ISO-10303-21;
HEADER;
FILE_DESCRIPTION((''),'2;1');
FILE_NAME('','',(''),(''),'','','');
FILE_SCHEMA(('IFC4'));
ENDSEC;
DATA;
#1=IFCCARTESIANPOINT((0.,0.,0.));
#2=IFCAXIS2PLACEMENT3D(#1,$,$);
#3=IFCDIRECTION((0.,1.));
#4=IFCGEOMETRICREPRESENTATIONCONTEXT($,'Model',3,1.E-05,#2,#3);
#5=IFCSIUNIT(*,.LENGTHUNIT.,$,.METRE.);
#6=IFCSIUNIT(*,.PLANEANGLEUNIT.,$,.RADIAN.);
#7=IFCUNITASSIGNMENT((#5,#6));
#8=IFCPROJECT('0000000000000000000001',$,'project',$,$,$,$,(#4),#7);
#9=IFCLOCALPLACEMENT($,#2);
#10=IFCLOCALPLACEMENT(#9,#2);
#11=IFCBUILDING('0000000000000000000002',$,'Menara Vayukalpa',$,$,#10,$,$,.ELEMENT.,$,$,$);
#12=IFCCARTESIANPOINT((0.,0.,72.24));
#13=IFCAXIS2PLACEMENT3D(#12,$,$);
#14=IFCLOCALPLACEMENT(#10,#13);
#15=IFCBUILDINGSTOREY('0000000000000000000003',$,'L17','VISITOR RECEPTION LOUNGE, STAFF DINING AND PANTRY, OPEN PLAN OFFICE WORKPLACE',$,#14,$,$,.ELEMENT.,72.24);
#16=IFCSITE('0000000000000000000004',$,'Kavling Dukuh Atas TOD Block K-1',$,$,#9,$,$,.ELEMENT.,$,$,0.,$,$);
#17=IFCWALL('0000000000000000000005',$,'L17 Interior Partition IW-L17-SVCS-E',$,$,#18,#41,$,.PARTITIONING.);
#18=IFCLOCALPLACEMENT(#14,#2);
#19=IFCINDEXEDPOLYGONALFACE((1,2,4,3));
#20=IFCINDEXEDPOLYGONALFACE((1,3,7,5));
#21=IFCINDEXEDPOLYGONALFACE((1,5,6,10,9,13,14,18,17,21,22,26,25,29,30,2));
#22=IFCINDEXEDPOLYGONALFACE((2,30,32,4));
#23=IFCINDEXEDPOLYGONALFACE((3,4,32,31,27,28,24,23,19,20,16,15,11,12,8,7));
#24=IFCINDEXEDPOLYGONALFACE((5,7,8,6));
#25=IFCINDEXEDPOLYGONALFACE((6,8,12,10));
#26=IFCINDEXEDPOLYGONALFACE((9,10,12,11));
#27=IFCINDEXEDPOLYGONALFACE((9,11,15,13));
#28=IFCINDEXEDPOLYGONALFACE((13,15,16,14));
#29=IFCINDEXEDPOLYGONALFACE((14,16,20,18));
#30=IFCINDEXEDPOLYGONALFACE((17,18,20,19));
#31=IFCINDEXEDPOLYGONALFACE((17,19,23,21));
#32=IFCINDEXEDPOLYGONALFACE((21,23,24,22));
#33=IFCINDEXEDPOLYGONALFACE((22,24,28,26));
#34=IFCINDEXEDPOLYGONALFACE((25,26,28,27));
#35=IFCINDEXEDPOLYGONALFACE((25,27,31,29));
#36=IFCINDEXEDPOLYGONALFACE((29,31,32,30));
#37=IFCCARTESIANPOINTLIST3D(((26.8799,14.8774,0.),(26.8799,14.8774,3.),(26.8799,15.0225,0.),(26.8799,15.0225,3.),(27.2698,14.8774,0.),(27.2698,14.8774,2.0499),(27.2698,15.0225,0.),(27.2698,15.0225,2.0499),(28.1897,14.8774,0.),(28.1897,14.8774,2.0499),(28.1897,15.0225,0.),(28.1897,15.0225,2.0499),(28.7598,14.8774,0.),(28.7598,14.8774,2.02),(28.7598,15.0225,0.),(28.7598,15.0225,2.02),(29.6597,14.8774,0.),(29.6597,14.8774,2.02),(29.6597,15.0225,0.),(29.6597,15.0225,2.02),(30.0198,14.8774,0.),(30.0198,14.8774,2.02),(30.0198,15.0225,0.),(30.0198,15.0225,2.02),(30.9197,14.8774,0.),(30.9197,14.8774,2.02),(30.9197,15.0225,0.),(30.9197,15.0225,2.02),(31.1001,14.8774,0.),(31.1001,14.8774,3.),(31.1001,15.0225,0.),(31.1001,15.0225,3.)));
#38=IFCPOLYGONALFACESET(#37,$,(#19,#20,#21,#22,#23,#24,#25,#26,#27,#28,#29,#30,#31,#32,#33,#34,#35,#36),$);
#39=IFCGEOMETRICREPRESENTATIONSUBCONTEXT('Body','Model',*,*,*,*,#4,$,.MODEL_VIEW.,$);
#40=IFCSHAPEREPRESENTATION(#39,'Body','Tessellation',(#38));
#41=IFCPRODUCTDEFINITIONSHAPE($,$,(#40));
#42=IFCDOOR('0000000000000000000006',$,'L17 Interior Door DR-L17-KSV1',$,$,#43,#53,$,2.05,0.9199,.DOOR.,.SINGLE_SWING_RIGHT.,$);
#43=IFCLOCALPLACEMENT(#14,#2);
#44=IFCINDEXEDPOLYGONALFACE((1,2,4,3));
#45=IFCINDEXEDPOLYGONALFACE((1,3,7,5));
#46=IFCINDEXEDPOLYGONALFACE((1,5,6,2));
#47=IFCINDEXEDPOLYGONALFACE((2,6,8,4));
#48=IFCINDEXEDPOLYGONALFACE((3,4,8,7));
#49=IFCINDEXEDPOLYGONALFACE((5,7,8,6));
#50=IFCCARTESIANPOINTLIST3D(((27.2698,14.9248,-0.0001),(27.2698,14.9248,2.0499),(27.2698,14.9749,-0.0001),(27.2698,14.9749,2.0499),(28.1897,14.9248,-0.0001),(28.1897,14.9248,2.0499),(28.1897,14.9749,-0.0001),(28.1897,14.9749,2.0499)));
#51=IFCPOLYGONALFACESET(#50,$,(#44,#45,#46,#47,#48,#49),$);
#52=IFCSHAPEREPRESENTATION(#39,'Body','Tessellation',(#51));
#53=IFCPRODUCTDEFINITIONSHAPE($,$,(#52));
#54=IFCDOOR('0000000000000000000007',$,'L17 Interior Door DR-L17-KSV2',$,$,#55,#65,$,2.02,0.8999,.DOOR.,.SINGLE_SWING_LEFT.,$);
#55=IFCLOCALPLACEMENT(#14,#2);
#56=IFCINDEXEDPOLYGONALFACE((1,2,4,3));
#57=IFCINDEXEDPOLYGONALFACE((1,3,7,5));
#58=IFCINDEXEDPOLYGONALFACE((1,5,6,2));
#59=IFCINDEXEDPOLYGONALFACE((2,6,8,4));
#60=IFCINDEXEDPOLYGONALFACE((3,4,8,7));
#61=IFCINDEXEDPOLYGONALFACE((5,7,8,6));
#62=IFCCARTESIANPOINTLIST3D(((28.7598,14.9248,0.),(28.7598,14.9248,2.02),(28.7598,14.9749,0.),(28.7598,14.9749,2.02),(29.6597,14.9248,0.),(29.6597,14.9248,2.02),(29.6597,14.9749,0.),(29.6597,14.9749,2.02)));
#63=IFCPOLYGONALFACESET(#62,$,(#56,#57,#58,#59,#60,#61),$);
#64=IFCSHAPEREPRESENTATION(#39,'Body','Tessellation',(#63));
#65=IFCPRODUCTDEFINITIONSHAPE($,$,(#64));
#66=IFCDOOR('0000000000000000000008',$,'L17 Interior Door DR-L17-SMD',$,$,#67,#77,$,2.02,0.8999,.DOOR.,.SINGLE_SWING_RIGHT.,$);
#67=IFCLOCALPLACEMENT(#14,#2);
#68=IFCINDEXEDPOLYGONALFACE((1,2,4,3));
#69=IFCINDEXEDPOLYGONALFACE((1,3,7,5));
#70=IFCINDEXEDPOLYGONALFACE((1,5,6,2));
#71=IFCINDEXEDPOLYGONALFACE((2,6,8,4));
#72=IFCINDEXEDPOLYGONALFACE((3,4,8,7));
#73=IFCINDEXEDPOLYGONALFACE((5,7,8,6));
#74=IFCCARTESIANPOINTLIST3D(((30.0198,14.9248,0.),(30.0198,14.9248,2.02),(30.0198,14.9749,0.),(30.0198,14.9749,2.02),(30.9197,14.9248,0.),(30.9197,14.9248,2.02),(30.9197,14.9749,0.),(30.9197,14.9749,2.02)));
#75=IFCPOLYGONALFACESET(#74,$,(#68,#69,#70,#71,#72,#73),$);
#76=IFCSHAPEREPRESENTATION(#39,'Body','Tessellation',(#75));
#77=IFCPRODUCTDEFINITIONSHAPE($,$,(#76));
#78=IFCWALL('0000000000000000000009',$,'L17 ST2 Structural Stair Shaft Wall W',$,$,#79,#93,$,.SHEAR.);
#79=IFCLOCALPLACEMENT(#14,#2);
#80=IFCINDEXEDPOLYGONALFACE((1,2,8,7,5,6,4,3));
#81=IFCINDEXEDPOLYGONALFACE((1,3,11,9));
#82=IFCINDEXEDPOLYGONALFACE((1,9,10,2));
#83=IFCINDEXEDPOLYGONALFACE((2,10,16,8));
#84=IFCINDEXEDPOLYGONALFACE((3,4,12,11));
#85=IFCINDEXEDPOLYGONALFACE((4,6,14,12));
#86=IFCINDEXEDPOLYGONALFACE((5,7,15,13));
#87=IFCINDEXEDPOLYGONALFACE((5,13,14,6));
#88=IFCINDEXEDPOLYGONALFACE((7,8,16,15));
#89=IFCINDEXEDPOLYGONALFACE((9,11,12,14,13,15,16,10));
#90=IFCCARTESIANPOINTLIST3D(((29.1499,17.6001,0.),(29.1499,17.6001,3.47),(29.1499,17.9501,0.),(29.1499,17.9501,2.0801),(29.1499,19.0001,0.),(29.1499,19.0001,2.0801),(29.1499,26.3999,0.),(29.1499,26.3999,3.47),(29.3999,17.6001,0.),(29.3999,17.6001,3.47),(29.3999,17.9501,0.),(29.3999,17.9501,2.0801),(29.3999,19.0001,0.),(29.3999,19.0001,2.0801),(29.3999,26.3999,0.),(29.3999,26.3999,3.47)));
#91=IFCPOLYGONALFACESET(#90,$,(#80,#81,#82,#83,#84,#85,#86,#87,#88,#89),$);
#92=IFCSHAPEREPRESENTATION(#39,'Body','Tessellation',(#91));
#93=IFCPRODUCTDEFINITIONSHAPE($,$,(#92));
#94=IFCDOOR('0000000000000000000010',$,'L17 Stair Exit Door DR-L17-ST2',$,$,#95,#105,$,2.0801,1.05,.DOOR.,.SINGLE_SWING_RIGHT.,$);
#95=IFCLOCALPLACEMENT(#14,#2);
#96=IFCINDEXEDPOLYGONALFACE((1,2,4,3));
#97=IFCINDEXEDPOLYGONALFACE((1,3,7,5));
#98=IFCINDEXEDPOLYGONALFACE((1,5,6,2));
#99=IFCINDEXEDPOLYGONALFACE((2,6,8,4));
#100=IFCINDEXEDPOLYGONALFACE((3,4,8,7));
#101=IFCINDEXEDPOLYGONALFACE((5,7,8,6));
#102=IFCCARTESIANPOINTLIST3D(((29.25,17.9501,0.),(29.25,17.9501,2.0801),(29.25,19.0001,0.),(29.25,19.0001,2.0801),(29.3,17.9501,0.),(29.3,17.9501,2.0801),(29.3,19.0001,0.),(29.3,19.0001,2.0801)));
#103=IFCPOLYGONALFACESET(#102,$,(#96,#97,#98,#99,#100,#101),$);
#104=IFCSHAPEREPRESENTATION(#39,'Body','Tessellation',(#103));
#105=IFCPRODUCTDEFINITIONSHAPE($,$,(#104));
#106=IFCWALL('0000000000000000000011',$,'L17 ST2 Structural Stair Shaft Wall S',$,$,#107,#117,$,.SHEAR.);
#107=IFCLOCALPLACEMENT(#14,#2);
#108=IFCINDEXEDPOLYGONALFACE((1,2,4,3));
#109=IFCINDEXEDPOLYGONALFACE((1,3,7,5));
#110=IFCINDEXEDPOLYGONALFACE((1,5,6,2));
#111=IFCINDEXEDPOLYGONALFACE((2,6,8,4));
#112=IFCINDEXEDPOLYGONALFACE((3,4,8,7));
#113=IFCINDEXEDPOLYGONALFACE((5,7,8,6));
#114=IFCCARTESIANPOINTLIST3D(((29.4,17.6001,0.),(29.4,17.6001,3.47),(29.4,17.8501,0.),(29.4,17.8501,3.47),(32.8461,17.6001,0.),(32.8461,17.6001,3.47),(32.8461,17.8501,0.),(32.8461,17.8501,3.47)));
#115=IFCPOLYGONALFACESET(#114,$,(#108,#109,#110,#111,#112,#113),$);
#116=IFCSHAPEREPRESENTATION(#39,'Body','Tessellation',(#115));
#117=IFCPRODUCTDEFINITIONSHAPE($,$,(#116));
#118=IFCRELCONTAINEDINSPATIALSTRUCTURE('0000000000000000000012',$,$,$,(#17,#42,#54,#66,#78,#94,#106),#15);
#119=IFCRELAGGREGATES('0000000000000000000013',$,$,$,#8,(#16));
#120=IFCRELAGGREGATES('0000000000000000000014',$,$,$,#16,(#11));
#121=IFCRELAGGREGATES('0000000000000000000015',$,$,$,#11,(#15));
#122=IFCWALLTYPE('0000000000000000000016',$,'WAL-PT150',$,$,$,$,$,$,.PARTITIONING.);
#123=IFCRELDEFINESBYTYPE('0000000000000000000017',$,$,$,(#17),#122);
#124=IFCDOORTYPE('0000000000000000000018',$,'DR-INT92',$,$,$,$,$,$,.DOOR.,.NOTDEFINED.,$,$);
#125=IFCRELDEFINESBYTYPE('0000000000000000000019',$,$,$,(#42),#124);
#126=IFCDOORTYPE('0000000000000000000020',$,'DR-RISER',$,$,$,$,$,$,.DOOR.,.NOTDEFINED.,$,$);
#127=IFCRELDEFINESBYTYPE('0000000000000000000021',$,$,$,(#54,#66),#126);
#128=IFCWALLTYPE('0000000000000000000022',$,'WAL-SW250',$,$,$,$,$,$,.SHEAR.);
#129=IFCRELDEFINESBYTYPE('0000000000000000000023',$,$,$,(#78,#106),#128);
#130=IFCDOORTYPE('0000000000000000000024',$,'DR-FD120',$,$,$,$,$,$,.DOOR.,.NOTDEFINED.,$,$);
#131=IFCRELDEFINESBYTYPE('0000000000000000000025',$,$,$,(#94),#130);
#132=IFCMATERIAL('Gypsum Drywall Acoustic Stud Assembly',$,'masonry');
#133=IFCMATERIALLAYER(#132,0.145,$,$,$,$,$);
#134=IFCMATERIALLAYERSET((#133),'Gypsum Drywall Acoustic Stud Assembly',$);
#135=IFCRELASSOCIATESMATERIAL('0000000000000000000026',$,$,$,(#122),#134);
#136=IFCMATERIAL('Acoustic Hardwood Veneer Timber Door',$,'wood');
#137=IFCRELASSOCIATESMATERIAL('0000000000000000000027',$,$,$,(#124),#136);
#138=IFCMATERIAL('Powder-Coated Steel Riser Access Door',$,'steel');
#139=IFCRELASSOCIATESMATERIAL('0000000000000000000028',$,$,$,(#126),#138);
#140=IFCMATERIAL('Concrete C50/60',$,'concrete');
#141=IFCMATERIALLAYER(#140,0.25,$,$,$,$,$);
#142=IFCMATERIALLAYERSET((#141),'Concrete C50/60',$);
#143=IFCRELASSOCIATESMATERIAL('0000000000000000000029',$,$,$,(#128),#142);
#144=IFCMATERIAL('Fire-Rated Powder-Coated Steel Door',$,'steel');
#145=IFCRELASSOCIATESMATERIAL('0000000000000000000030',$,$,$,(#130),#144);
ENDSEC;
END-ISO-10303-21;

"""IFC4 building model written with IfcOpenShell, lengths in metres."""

from ifc_helpers import new_model, si_unit, direction, frame, frame_2d, origin, place, context, subcontext, project, spatial, rectangle, extrude, material, layer, layer_set, type_object, element, fill, save


model = new_model("IFC4")

# Units and contexts
model_context = context("Model", 3, precision=1e-05, world=origin(), true_north=direction((0.0, 1.0)))
body_context = subcontext(model_context, "Body", "Model", "MODEL_VIEW")
ifc_project = project(units=[si_unit("LENGTHUNIT", "METRE"), si_unit("PLANEANGLEUNIT", "RADIAN")], contexts=[model_context])

# Site, building, storey
site_placement = place(None, origin())
site = spatial("IfcSite", under=ifc_project, at=site_placement, Name="Kavling Dukuh Atas TOD Block K-1", CompositionType="ELEMENT", RefElevation=0.0)
building_placement = place(site_placement, origin())
building = spatial("IfcBuilding", under=site, at=building_placement, Name="Menara Vayukalpa", CompositionType="ELEMENT")
storey_placement = place(building_placement, frame((0.0, 0.0, 72.24)))
storey = spatial("IfcBuildingStorey", under=building, at=storey_placement, Name="L17", Description="VISITOR RECEPTION LOUNGE, STAFF DINING AND PANTRY, OPEN PLAN OFFICE WORKPLACE", CompositionType="ELEMENT", Elevation=72.24)

# Wall, openings, doors
ifc_material_1 = material(Name="Gypsum Drywall Acoustic Stud Assembly", Category="masonry")
ifc_layer_1 = layer(ifc_material_1, 0.145)
ifc_layer_set_1 = layer_set([ifc_layer_1], Name="Gypsum Drywall Acoustic Stud Assembly")
wall_type_1 = type_object("IfcWallType", Name="WAL-PT150", PredefinedType="PARTITIONING", material=ifc_layer_set_1)
wall_1_placement = place(storey_placement, frame((26.8799, 14.95, 0.0), z_axis=(0.0, 0.0, 1.0), x_axis=(1.0, 0.0, 0.0)))
wall_1 = element("IfcWall", 1, at=wall_1_placement, inside=storey, type_object=wall_type_1, Name="L17 Interior Partition IW-L17-SVCS-E", PredefinedType="PARTITIONING", context=body_context, shape_type="SweptSolid", body=[
    extrude(rectangle(XDim=4.2202, YDim=0.145, at=frame_2d((2.1101, 0.0))), origin(), (0.0, 0.0, 1.0), 3.0),
])
opening_1_placement = place(wall_1_placement, frame((0.3899, 0.0, 0.0)))
opening_1 = element("IfcOpeningElement", 2, at=opening_1_placement, cuts=wall_1, PredefinedType="OPENING", context=body_context, shape_type="SweptSolid", body=[
    extrude(rectangle(XDim=0.9199, YDim=2.05, at=frame_2d((0.46, 1.0249))), frame((0.0, 0.0825, 0.0), z_axis=(0.0, -1.0, 0.0), x_axis=(1.0, 0.0, 0.0)), (0.0, 0.0, 1.0), 0.165),
])
opening_2_placement = place(wall_1_placement, frame((1.8799, 0.0, 0.0)))
opening_2 = element("IfcOpeningElement", 3, at=opening_2_placement, cuts=wall_1, PredefinedType="OPENING", context=body_context, shape_type="SweptSolid", body=[
    extrude(rectangle(XDim=0.8999, YDim=2.02, at=frame_2d((0.45, 1.01))), frame((0.0, 0.0825, 0.0), z_axis=(0.0, -1.0, 0.0), x_axis=(1.0, 0.0, 0.0)), (0.0, 0.0, 1.0), 0.165),
])
opening_3_placement = place(wall_1_placement, frame((3.1399, 0.0, 0.0)))
opening_3 = element("IfcOpeningElement", 4, at=opening_3_placement, cuts=wall_1, PredefinedType="OPENING", context=body_context, shape_type="SweptSolid", body=[
    extrude(rectangle(XDim=0.8999, YDim=2.02, at=frame_2d((0.45, 1.01))), frame((0.0, 0.0825, 0.0), z_axis=(0.0, -1.0, 0.0), x_axis=(1.0, 0.0, 0.0)), (0.0, 0.0, 1.0), 0.165),
])
ifc_material_2 = material(Name="Acoustic Hardwood Veneer Timber Door", Category="wood")
door_type_1 = type_object("IfcDoorType", Name="DR-INT92", OperationType="NOTDEFINED", PredefinedType="DOOR", material=ifc_material_2)
door_1_placement = place(opening_1_placement, origin())
door_1 = element("IfcDoor", 5, at=door_1_placement, inside=storey, type_object=door_type_1, Name="L17 Interior Door DR-L17-KSV1", OperationType="SINGLE_SWING_RIGHT", OverallHeight=2.05, OverallWidth=0.9199, PredefinedType="DOOR", context=body_context, shape_type="SweptSolid", body=[
    extrude(rectangle(XDim=0.9199, YDim=2.05, at=frame_2d((0.46, 1.0249))), frame((0.0, 0.0249, 0.0), z_axis=(0.0, -1.0, 0.0), x_axis=(1.0, 0.0, 0.0)), (0.0, 0.0, 1.0), 0.05),
])
fill(opening_1, door_1)
ifc_material_3 = material(Name="Powder-Coated Steel Riser Access Door", Category="steel")
door_type_2 = type_object("IfcDoorType", Name="DR-RISER", OperationType="NOTDEFINED", PredefinedType="DOOR", material=ifc_material_3)
door_2_placement = place(opening_2_placement, origin())
door_2 = element("IfcDoor", 6, at=door_2_placement, inside=storey, type_object=door_type_2, Name="L17 Interior Door DR-L17-KSV2", OperationType="SINGLE_SWING_LEFT", OverallHeight=2.02, OverallWidth=0.8999, PredefinedType="DOOR", context=body_context, shape_type="SweptSolid", body=[
    extrude(rectangle(XDim=0.8999, YDim=2.02, at=frame_2d((0.45, 1.01))), frame((0.0, 0.0249, 0.0), z_axis=(0.0, -1.0, 0.0), x_axis=(1.0, 0.0, 0.0)), (0.0, 0.0, 1.0), 0.05),
])
fill(opening_2, door_2)
door_3_placement = place(opening_3_placement, origin())
door_3 = element("IfcDoor", 7, at=door_3_placement, inside=storey, type_object=door_type_2, Name="L17 Interior Door DR-L17-SMD", OperationType="SINGLE_SWING_RIGHT", OverallHeight=2.02, OverallWidth=0.8999, PredefinedType="DOOR", context=body_context, shape_type="SweptSolid", body=[
    extrude(rectangle(XDim=0.8999, YDim=2.02, at=frame_2d((0.45, 1.01))), frame((0.0, 0.0249, 0.0), z_axis=(0.0, -1.0, 0.0), x_axis=(1.0, 0.0, 0.0)), (0.0, 0.0, 1.0), 0.05),
])
fill(opening_3, door_3)

# Wall, opening, door
ifc_material_4 = material(Name="Concrete C50/60", Category="concrete")
ifc_layer_2 = layer(ifc_material_4, 0.25)
ifc_layer_set_2 = layer_set([ifc_layer_2], Name="Concrete C50/60")
wall_type_2 = type_object("IfcWallType", Name="WAL-SW250", PredefinedType="SHEAR", material=ifc_layer_set_2)
wall_2_placement = place(storey_placement, frame((29.2749, 17.6001, 0.0), z_axis=(0.0, 0.0, 1.0), x_axis=(0.0, 1.0, 0.0)))
wall_2 = element("IfcWall", 8, at=wall_2_placement, inside=storey, type_object=wall_type_2, Name="L17 ST2 Structural Stair Shaft Wall W", PredefinedType="SHEAR", context=body_context, shape_type="SweptSolid", body=[
    extrude(rectangle(XDim=8.7998, YDim=0.25, at=frame_2d((4.3999, 0.0))), origin(), (0.0, 0.0, 1.0), 3.47),
])
opening_4_placement = place(wall_2_placement, frame((0.3501, 0.0, 0.0)))
opening_4 = element("IfcOpeningElement", 9, at=opening_4_placement, cuts=wall_2, PredefinedType="OPENING", context=body_context, shape_type="SweptSolid", body=[
    extrude(rectangle(XDim=1.05, YDim=2.0801, at=frame_2d((0.5249, 1.04))), frame((0.0, 0.135, 0.0), z_axis=(0.0, -1.0, 0.0), x_axis=(1.0, 0.0, 0.0)), (0.0, 0.0, 1.0), 0.27),
])
ifc_material_5 = material(Name="Fire-Rated Powder-Coated Steel Door", Category="steel")
door_type_3 = type_object("IfcDoorType", Name="DR-FD120", OperationType="NOTDEFINED", PredefinedType="DOOR", material=ifc_material_5)
door_4_placement = place(opening_4_placement, origin())
door_4 = element("IfcDoor", 10, at=door_4_placement, inside=storey, type_object=door_type_3, Name="L17 Stair Exit Door DR-L17-ST2", OperationType="SINGLE_SWING_RIGHT", OverallHeight=2.0801, OverallWidth=1.05, PredefinedType="DOOR", context=body_context, shape_type="SweptSolid", body=[
    extrude(rectangle(XDim=1.05, YDim=2.0801, at=frame_2d((0.5249, 1.04))), frame((0.0, 0.0249, 0.0), z_axis=(0.0, -1.0, 0.0), x_axis=(1.0, 0.0, 0.0)), (0.0, 0.0, 1.0), 0.05),
])
fill(opening_4, door_4)

# Wall
wall_3_placement = place(storey_placement, frame((29.3999, 17.7251, 0.0), z_axis=(0.0, 0.0, 1.0), x_axis=(1.0, 0.0, 0.0)))
element("IfcWall", 11, at=wall_3_placement, inside=storey, type_object=wall_type_2, Name="L17 ST2 Structural Stair Shaft Wall S", PredefinedType="SHEAR", context=body_context, shape_type="SweptSolid", body=[
    extrude(rectangle(XDim=3.446, YDim=0.25, at=frame_2d((1.7231, 0.0))), origin(), (0.0, 0.0, 1.0), 3.47),
])

save(model, "model.ifc")
